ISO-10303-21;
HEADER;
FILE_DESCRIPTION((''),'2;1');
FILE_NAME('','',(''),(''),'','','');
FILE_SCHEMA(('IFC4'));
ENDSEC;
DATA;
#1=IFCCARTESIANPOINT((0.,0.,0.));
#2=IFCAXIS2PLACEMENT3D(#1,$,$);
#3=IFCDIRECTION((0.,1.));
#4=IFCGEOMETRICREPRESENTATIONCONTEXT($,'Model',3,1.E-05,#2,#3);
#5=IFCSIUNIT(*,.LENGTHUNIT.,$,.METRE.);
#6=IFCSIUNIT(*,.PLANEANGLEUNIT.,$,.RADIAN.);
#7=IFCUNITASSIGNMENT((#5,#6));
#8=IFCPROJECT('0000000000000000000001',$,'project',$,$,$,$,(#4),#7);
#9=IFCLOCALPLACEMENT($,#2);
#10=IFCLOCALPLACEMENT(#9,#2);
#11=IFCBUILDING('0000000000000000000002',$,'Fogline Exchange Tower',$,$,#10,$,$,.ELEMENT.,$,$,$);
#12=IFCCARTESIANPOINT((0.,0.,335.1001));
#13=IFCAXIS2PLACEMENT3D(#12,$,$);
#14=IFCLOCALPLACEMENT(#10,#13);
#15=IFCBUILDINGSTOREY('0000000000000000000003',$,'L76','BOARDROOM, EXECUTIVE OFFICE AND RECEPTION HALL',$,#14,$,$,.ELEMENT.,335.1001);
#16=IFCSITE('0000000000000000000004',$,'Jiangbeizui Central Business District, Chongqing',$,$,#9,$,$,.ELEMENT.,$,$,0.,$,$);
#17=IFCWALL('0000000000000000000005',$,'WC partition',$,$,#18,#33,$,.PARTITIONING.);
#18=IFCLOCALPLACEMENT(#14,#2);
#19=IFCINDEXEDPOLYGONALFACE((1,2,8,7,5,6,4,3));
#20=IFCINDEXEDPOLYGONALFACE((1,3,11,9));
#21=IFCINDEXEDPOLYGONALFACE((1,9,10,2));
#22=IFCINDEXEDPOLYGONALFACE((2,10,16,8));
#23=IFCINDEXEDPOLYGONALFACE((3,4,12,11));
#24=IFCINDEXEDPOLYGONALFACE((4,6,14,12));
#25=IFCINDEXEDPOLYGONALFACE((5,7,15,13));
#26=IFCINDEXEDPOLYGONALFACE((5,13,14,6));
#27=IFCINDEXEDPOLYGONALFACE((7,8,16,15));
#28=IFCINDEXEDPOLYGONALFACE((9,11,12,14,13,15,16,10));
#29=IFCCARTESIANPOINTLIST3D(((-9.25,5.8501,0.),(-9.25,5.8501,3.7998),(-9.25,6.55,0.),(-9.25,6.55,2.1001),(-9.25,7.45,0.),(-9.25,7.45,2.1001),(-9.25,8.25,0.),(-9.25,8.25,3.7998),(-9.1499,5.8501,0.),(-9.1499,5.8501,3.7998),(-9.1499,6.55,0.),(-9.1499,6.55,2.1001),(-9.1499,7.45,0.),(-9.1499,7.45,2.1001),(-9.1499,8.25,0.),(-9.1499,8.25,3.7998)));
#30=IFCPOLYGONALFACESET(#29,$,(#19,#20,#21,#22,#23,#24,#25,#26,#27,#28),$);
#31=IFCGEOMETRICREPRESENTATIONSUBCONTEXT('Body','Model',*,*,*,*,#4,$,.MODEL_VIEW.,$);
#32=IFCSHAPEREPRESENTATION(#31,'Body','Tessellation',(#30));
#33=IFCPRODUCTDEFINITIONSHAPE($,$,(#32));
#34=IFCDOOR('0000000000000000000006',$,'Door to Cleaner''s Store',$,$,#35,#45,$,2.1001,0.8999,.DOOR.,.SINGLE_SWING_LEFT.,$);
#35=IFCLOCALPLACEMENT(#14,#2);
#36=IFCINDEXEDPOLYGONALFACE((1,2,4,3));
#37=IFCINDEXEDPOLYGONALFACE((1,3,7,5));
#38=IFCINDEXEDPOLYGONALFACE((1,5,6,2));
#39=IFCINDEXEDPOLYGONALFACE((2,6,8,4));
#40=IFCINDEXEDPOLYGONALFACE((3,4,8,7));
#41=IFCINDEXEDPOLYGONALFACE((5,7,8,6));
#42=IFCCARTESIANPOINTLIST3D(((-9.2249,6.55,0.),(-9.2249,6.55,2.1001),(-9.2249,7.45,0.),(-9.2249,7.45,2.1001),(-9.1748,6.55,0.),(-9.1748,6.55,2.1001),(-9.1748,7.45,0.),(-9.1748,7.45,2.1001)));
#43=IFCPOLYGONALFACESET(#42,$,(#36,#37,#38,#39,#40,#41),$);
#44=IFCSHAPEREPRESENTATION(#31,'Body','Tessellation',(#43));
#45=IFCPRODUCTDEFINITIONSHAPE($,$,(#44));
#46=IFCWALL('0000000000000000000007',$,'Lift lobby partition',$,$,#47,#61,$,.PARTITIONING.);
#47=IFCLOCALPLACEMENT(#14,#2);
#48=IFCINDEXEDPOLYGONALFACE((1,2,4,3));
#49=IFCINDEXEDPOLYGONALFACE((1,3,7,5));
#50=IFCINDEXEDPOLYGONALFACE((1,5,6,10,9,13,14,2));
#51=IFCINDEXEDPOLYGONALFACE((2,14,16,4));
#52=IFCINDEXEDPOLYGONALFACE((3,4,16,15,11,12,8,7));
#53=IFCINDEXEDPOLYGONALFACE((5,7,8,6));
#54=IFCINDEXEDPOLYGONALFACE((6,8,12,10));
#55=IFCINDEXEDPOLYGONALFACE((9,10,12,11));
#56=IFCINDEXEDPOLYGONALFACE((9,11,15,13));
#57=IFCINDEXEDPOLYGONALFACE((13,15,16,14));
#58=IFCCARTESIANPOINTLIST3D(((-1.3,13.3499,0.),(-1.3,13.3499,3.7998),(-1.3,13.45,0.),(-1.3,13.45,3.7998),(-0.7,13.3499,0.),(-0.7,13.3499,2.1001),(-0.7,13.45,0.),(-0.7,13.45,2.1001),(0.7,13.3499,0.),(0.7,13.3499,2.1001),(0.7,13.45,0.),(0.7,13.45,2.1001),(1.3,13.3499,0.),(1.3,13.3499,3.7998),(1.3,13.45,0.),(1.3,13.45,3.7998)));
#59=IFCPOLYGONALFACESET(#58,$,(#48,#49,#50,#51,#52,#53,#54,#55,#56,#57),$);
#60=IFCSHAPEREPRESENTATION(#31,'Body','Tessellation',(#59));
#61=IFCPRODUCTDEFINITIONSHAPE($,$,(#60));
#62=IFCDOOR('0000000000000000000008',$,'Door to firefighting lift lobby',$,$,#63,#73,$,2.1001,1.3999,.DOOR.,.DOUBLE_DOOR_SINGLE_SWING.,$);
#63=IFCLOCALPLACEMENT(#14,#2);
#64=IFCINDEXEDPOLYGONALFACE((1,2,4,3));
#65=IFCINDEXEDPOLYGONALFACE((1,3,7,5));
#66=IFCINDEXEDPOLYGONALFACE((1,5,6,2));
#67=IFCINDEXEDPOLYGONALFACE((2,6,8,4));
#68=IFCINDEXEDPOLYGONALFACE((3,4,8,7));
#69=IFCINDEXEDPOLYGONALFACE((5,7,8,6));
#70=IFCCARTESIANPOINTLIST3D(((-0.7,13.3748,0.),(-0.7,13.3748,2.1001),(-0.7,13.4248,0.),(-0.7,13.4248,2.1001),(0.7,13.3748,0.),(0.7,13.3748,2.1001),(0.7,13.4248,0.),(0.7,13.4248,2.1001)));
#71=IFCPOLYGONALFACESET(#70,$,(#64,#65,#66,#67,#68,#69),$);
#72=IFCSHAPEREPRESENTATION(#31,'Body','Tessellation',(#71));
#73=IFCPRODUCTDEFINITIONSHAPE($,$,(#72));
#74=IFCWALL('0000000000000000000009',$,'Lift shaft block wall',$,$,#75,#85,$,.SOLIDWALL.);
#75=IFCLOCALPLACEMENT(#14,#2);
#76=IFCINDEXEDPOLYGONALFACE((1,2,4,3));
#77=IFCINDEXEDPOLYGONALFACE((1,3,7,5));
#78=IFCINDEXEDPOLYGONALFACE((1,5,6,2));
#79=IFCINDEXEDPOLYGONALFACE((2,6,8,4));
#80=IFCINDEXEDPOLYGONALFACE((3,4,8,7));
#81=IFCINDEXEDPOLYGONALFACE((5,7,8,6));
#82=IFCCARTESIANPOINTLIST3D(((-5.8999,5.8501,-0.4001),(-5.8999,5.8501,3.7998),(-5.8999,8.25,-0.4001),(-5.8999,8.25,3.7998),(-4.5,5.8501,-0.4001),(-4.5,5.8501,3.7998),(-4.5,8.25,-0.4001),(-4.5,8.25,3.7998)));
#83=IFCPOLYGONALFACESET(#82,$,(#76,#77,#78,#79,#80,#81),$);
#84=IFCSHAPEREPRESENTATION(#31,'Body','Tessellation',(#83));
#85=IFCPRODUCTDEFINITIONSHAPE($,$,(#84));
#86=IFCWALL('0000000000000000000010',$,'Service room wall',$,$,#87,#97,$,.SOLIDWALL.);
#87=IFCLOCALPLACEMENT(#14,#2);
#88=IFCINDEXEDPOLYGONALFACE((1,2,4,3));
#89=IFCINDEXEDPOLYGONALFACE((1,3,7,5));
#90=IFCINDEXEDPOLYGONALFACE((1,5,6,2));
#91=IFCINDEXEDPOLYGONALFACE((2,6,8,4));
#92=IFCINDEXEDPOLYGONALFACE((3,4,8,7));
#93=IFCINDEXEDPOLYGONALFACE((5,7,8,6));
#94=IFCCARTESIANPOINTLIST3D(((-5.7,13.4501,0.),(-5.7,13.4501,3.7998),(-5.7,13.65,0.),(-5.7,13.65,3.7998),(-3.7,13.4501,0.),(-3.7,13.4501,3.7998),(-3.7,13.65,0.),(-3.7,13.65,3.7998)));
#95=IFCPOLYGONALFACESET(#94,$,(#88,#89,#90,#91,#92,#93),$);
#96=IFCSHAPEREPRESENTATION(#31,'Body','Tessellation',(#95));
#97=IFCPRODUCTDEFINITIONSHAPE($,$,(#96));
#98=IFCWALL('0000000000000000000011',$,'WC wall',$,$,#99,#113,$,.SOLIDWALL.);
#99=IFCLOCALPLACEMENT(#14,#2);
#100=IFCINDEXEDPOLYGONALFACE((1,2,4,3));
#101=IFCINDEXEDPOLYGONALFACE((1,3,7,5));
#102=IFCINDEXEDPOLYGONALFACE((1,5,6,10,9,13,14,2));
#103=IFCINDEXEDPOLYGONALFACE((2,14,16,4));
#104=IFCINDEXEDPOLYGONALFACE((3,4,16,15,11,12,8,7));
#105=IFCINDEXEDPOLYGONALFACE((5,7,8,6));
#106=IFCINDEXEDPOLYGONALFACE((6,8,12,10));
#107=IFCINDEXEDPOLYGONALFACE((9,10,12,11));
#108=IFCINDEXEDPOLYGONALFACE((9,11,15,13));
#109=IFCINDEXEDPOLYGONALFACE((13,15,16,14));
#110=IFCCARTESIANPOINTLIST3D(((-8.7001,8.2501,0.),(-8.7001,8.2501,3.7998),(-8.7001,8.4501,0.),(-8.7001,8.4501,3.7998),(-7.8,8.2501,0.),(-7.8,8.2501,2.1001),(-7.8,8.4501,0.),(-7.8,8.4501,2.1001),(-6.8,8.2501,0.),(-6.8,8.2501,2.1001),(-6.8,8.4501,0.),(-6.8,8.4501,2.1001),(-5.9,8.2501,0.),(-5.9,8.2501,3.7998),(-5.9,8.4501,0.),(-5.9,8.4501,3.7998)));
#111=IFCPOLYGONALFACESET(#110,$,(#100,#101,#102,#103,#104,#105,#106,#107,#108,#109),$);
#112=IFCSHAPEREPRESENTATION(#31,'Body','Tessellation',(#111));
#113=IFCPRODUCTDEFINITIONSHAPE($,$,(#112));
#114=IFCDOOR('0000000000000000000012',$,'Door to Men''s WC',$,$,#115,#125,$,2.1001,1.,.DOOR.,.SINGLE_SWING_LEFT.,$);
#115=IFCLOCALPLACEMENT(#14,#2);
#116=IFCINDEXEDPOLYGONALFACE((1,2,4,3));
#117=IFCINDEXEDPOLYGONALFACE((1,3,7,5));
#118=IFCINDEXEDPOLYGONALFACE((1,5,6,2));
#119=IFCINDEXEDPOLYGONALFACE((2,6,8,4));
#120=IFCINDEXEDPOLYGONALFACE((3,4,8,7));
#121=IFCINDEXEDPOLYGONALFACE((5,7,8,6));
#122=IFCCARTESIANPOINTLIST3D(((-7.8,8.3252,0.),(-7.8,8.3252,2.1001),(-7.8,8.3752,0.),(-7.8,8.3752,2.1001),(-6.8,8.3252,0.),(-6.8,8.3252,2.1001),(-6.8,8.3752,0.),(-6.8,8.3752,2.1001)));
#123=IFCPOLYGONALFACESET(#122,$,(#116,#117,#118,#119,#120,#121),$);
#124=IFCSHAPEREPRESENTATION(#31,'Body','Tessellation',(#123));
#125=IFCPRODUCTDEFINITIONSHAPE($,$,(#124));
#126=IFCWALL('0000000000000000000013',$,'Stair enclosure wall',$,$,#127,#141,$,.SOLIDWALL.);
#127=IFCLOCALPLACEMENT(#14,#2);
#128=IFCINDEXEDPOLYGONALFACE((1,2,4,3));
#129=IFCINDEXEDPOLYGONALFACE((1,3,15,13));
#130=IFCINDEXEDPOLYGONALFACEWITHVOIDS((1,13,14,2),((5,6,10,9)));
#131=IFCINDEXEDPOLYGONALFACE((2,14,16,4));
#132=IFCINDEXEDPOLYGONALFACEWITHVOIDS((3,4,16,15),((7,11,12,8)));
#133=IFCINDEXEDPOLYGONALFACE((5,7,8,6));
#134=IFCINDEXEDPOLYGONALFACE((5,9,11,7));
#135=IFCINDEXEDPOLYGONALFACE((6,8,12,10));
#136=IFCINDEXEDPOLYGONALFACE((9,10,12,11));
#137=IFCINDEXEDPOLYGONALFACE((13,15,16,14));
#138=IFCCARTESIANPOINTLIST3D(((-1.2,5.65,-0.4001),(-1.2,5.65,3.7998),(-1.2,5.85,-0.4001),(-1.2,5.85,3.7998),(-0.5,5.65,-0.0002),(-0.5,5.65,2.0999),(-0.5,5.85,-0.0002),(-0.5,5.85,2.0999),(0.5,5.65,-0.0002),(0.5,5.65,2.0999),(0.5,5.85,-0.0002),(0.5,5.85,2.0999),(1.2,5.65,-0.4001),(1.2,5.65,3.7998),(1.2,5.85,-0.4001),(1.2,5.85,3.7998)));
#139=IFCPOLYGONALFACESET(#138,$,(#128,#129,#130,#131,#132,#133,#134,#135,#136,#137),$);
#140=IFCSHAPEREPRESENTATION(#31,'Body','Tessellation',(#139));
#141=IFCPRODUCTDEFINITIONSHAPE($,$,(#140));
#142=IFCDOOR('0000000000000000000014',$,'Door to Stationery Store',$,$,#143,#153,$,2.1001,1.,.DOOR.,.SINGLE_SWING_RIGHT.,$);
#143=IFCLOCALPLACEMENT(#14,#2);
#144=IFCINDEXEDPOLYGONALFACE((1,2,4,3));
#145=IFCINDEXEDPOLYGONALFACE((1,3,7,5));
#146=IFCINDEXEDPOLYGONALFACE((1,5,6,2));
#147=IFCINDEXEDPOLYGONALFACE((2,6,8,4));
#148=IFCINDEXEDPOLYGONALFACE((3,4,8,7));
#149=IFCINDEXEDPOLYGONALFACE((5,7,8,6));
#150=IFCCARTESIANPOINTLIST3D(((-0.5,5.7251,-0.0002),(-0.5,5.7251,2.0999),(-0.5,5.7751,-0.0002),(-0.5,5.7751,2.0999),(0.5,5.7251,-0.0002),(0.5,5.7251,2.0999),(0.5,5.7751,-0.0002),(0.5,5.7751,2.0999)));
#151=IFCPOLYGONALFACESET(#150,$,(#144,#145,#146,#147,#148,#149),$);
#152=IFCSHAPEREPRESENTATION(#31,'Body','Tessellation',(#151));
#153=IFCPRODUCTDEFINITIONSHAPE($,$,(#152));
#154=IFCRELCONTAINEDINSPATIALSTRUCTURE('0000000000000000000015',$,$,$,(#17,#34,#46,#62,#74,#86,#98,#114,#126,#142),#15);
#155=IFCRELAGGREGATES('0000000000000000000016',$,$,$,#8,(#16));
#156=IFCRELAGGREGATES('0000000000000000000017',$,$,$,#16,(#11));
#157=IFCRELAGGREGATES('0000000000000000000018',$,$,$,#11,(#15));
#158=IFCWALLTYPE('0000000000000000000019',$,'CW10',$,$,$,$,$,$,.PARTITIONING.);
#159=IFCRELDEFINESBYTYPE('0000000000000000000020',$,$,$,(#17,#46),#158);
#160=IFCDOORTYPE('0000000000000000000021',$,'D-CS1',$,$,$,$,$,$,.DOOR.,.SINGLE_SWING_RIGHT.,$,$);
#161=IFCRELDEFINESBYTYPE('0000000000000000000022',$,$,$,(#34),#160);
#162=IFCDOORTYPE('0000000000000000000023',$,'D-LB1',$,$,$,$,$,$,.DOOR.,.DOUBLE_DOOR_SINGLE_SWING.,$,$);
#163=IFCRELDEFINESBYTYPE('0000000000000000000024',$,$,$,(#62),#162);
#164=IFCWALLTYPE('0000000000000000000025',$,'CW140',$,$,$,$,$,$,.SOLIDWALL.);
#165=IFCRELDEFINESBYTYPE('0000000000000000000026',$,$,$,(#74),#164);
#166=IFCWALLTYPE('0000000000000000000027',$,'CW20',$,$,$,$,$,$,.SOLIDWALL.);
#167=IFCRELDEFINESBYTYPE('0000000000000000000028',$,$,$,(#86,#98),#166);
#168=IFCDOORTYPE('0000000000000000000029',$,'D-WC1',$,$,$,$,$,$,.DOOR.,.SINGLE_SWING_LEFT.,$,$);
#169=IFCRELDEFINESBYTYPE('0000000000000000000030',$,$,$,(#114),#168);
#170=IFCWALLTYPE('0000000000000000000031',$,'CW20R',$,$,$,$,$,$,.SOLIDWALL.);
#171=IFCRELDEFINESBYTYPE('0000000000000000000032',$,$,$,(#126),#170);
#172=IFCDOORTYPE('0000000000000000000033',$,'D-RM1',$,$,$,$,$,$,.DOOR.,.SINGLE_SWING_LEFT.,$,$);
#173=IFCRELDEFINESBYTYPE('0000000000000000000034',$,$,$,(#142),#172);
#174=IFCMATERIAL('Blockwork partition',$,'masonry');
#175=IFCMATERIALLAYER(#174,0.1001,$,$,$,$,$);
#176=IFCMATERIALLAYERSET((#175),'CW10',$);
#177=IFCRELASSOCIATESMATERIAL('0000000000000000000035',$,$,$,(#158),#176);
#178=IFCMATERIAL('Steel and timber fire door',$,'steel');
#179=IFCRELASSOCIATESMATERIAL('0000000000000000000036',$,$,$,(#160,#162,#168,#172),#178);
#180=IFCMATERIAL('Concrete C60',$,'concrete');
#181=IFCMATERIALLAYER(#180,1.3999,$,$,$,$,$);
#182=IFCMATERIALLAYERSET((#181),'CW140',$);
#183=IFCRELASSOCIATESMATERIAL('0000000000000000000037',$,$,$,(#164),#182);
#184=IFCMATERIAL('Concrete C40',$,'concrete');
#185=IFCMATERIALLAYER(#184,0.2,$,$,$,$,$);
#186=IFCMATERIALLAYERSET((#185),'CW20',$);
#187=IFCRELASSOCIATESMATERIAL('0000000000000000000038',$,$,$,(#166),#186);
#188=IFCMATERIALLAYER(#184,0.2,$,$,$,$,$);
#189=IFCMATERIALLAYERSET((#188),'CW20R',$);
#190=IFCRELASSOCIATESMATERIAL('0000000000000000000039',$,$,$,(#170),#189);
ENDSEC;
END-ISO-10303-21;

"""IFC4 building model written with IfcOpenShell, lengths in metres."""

from ifc_helpers import new_model, si_unit, direction, frame, frame_2d, origin, place, context, subcontext, project, spatial, rectangle, extrude, material, layer, layer_set, type_object, element, fill, save


model = new_model("IFC4")

# Units and contexts
model_context = context("Model", 3, precision=1e-05, world=origin(), true_north=direction((0.0, 1.0)))
body_context = subcontext(model_context, "Body", "Model", "MODEL_VIEW")
ifc_project = project(units=[si_unit("LENGTHUNIT", "METRE"), si_unit("PLANEANGLEUNIT", "RADIAN")], contexts=[model_context])

# Site, building, storey
site_placement = place(None, origin())
site = spatial("IfcSite", under=ifc_project, at=site_placement, Name="Jiangbeizui Central Business District, Chongqing", CompositionType="ELEMENT", RefElevation=0.0)
building_placement = place(site_placement, origin())
building = spatial("IfcBuilding", under=site, at=building_placement, Name="Fogline Exchange Tower", CompositionType="ELEMENT")
storey_placement = place(building_placement, frame((0.0, 0.0, 335.1001)))
storey = spatial("IfcBuildingStorey", under=building, at=storey_placement, Name="L76", Description="BOARDROOM, EXECUTIVE OFFICE AND RECEPTION HALL", CompositionType="ELEMENT", Elevation=335.1001)

# Walls, openings, doors
ifc_material_1 = material(Name="Blockwork partition", Category="masonry")
ifc_layer_1 = layer(ifc_material_1, 0.1001)
ifc_layer_set_1 = layer_set([ifc_layer_1], Name="CW10")
wall_type_1 = type_object("IfcWallType", Name="CW10", PredefinedType="PARTITIONING", material=ifc_layer_set_1)
wall_1_placement = place(storey_placement, frame((-9.2, 5.8501, 0.0), z_axis=(0.0, 0.0, 1.0), x_axis=(0.0, 1.0, 0.0)))
wall_1 = element("IfcWall", 1, at=wall_1_placement, inside=storey, type_object=wall_type_1, Name="WC partition", PredefinedType="PARTITIONING", context=body_context, shape_type="SweptSolid", body=[
    extrude(rectangle(XDim=2.3999, YDim=0.1001, at=frame_2d((1.2, 0.0))), origin(), (0.0, 0.0, 1.0), 3.7998),
])
opening_1_placement = place(wall_1_placement, frame((0.7, 0.0, 0.0)))
opening_1 = element("IfcOpeningElement", 2, at=opening_1_placement, cuts=wall_1, PredefinedType="OPENING", context=body_context, shape_type="SweptSolid", body=[
    extrude(rectangle(XDim=0.8999, YDim=2.1001, at=frame_2d((0.45, 1.05))), frame((0.0, 0.0601, 0.0), z_axis=(0.0, -1.0, 0.0), x_axis=(1.0, 0.0, 0.0)), (0.0, 0.0, 1.0), 0.1201),
])
ifc_material_2 = material(Name="Steel and timber fire door", Category="steel")
door_type_1 = type_object("IfcDoorType", Name="D-CS1", OperationType="SINGLE_SWING_RIGHT", PredefinedType="DOOR", material=ifc_material_2)
door_1_placement = place(opening_1_placement, origin())
door_1 = element("IfcDoor", 3, at=door_1_placement, inside=storey, type_object=door_type_1, Name="Door to Cleaner's Store", OperationType="SINGLE_SWING_LEFT", OverallHeight=2.1001, OverallWidth=0.8999, PredefinedType="DOOR", context=body_context, shape_type="SweptSolid", body=[
    extrude(rectangle(XDim=0.8999, YDim=2.1001, at=frame_2d((0.45, 1.05))), frame((0.0, 0.0249, 0.0), z_axis=(0.0, -1.0, 0.0), x_axis=(1.0, 0.0, 0.0)), (0.0, 0.0, 1.0), 0.05),
])
fill(opening_1, door_1)
wall_2_placement = place(storey_placement, frame((-1.3, 13.3999, 0.0), z_axis=(0.0, 0.0, 1.0), x_axis=(1.0, 0.0, 0.0)))
wall_2 = element("IfcWall", 4, at=wall_2_placement, inside=storey, type_object=wall_type_1, Name="Lift lobby partition", PredefinedType="PARTITIONING", context=body_context, shape_type="SweptSolid", body=[
    extrude(rectangle(XDim=2.6001, YDim=0.1001, at=frame_2d((1.3, 0.0))), origin(), (0.0, 0.0, 1.0), 3.7998),
])
opening_2_placement = place(wall_2_placement, frame((0.6001, 0.0, 0.0)))
opening_2 = element("IfcOpeningElement", 5, at=opening_2_placement, cuts=wall_2, PredefinedType="OPENING", context=body_context, shape_type="SweptSolid", body=[
    extrude(rectangle(XDim=1.3999, YDim=2.1001, at=frame_2d((0.7, 1.05))), frame((0.0, 0.0601, 0.0), z_axis=(0.0, -1.0, 0.0), x_axis=(1.0, 0.0, 0.0)), (0.0, 0.0, 1.0), 0.1201),
])
door_type_2 = type_object("IfcDoorType", Name="D-LB1", OperationType="DOUBLE_DOOR_SINGLE_SWING", PredefinedType="DOOR", material=ifc_material_2)
door_2_placement = place(opening_2_placement, origin())
door_2 = element("IfcDoor", 6, at=door_2_placement, inside=storey, type_object=door_type_2, Name="Door to firefighting lift lobby", OperationType="DOUBLE_DOOR_SINGLE_SWING", OverallHeight=2.1001, OverallWidth=1.3999, PredefinedType="DOOR", context=body_context, shape_type="SweptSolid", body=[
    extrude(rectangle(XDim=1.3999, YDim=2.1001, at=frame_2d((0.7, 1.05))), frame((0.0, 0.0249, 0.0), z_axis=(0.0, -1.0, 0.0), x_axis=(1.0, 0.0, 0.0)), (0.0, 0.0, 1.0), 0.05),
])
fill(opening_2, door_2)

# Walls
ifc_material_3 = material(Name="Concrete C60", Category="concrete")
ifc_layer_2 = layer(ifc_material_3, 1.3999)
ifc_layer_set_2 = layer_set([ifc_layer_2], Name="CW140")
wall_type_2 = type_object("IfcWallType", Name="CW140", PredefinedType="SOLIDWALL", material=ifc_layer_set_2)
wall_3_placement = place(storey_placement, frame((-5.2, 5.8501, -0.4001), z_axis=(0.0, 0.0, 1.0), x_axis=(0.0, 1.0, 0.0)))
element("IfcWall", 7, at=wall_3_placement, inside=storey, type_object=wall_type_2, Name="Lift shaft block wall", PredefinedType="SOLIDWALL", context=body_context, shape_type="SweptSolid", body=[
    extrude(rectangle(XDim=2.3999, YDim=1.3999, at=frame_2d((1.2, 0.0))), origin(), (0.0, 0.0, 1.0), 4.2),
])
ifc_material_4 = material(Name="Concrete C40", Category="concrete")
ifc_layer_3 = layer(ifc_material_4, 0.2)
ifc_layer_set_3 = layer_set([ifc_layer_3], Name="CW20")
wall_type_3 = type_object("IfcWallType", Name="CW20", PredefinedType="SOLIDWALL", material=ifc_layer_set_3)
wall_4_placement = place(storey_placement, frame((-5.7, 13.55, 0.0), z_axis=(0.0, 0.0, 1.0), x_axis=(1.0, 0.0, 0.0)))
element("IfcWall", 8, at=wall_4_placement, inside=storey, type_object=wall_type_3, Name="Service room wall", PredefinedType="SOLIDWALL", context=body_context, shape_type="SweptSolid", body=[
    extrude(rectangle(XDim=2.0, YDim=0.2, at=frame_2d((1.0, 0.0))), origin(), (0.0, 0.0, 1.0), 3.7998),
])

# Walls, openings, doors
wall_5_placement = place(storey_placement, frame((-8.7, 8.3501, 0.0), z_axis=(0.0, 0.0, 1.0), x_axis=(1.0, 0.0, 0.0)))
wall_5 = element("IfcWall", 9, at=wall_5_placement, inside=storey, type_object=wall_type_3, Name="WC wall", PredefinedType="SOLIDWALL", context=body_context, shape_type="SweptSolid", body=[
    extrude(rectangle(XDim=2.8, YDim=0.2, at=frame_2d((1.3999, 0.0))), origin(), (0.0, 0.0, 1.0), 3.7998),
])
opening_3_placement = place(wall_5_placement, frame((0.8999, 0.0, 0.0)))
opening_3 = element("IfcOpeningElement", 10, at=opening_3_placement, cuts=wall_5, PredefinedType="OPENING", context=body_context, shape_type="SweptSolid", body=[
    extrude(rectangle(XDim=1.0, YDim=2.1001, at=frame_2d((0.5, 1.05))), frame((0.0, 0.1099, 0.0), z_axis=(0.0, -1.0, 0.0), x_axis=(1.0, 0.0, 0.0)), (0.0, 0.0, 1.0), 0.22),
])
door_type_3 = type_object("IfcDoorType", Name="D-WC1", OperationType="SINGLE_SWING_LEFT", PredefinedType="DOOR", material=ifc_material_2)
door_3_placement = place(opening_3_placement, frame((1.0, 0.0, 0.0), z_axis=(0.0, 0.0, 1.0), x_axis=(-1.0, 0.0, 0.0)))
door_3 = element("IfcDoor", 11, at=door_3_placement, inside=storey, type_object=door_type_3, Name="Door to Men's WC", OperationType="SINGLE_SWING_LEFT", OverallHeight=2.1001, OverallWidth=1.0, PredefinedType="DOOR", context=body_context, shape_type="SweptSolid", body=[
    extrude(rectangle(XDim=1.0, YDim=2.1001, at=frame_2d((0.5, 1.05))), frame((0.0, 0.0249, 0.0), z_axis=(0.0, -1.0, 0.0), x_axis=(1.0, 0.0, 0.0)), (0.0, 0.0, 1.0), 0.05),
])
fill(opening_3, door_3)
ifc_layer_4 = layer(ifc_material_4, 0.2)
ifc_layer_set_4 = layer_set([ifc_layer_4], Name="CW20R")
wall_type_4 = type_object("IfcWallType", Name="CW20R", PredefinedType="SOLIDWALL", material=ifc_layer_set_4)
wall_6_placement = place(storey_placement, frame((-1.2, 5.75, -0.4001), z_axis=(0.0, 0.0, 1.0), x_axis=(1.0, 0.0, 0.0)))
wall_6 = element("IfcWall", 12, at=wall_6_placement, inside=storey, type_object=wall_type_4, Name="Stair enclosure wall", PredefinedType="SOLIDWALL", context=body_context, shape_type="SweptSolid", body=[
    extrude(rectangle(XDim=2.3999, YDim=0.2, at=frame_2d((1.2, 0.0))), origin(), (0.0, 0.0, 1.0), 4.2),
])
opening_4_placement = place(wall_6_placement, frame((0.7, 0.0, 0.3999)))
opening_4 = element("IfcOpeningElement", 13, at=opening_4_placement, cuts=wall_6, PredefinedType="OPENING", context=body_context, shape_type="SweptSolid", body=[
    extrude(rectangle(XDim=1.0, YDim=2.1001, at=frame_2d((0.5, 1.05))), frame((0.0, 0.1099, 0.0), z_axis=(0.0, -1.0, 0.0), x_axis=(1.0, 0.0, 0.0)), (0.0, 0.0, 1.0), 0.22),
])
door_type_4 = type_object("IfcDoorType", Name="D-RM1", OperationType="SINGLE_SWING_LEFT", PredefinedType="DOOR", material=ifc_material_2)
door_4_placement = place(opening_4_placement, frame((1.0, 0.0, 0.0), z_axis=(0.0, 0.0, 1.0), x_axis=(-1.0, 0.0, 0.0)))
door_4 = element("IfcDoor", 14, at=door_4_placement, inside=storey, type_object=door_type_4, Name="Door to Stationery Store", OperationType="SINGLE_SWING_RIGHT", OverallHeight=2.1001, OverallWidth=1.0, PredefinedType="DOOR", context=body_context, shape_type="SweptSolid", body=[
    extrude(rectangle(XDim=1.0, YDim=2.1001, at=frame_2d((0.5, 1.05))), frame((0.0, 0.0249, 0.0), z_axis=(0.0, -1.0, 0.0), x_axis=(1.0, 0.0, 0.0)), (0.0, 0.0, 1.0), 0.05),
])
fill(opening_4, door_4)

save(model, "model.ifc")
